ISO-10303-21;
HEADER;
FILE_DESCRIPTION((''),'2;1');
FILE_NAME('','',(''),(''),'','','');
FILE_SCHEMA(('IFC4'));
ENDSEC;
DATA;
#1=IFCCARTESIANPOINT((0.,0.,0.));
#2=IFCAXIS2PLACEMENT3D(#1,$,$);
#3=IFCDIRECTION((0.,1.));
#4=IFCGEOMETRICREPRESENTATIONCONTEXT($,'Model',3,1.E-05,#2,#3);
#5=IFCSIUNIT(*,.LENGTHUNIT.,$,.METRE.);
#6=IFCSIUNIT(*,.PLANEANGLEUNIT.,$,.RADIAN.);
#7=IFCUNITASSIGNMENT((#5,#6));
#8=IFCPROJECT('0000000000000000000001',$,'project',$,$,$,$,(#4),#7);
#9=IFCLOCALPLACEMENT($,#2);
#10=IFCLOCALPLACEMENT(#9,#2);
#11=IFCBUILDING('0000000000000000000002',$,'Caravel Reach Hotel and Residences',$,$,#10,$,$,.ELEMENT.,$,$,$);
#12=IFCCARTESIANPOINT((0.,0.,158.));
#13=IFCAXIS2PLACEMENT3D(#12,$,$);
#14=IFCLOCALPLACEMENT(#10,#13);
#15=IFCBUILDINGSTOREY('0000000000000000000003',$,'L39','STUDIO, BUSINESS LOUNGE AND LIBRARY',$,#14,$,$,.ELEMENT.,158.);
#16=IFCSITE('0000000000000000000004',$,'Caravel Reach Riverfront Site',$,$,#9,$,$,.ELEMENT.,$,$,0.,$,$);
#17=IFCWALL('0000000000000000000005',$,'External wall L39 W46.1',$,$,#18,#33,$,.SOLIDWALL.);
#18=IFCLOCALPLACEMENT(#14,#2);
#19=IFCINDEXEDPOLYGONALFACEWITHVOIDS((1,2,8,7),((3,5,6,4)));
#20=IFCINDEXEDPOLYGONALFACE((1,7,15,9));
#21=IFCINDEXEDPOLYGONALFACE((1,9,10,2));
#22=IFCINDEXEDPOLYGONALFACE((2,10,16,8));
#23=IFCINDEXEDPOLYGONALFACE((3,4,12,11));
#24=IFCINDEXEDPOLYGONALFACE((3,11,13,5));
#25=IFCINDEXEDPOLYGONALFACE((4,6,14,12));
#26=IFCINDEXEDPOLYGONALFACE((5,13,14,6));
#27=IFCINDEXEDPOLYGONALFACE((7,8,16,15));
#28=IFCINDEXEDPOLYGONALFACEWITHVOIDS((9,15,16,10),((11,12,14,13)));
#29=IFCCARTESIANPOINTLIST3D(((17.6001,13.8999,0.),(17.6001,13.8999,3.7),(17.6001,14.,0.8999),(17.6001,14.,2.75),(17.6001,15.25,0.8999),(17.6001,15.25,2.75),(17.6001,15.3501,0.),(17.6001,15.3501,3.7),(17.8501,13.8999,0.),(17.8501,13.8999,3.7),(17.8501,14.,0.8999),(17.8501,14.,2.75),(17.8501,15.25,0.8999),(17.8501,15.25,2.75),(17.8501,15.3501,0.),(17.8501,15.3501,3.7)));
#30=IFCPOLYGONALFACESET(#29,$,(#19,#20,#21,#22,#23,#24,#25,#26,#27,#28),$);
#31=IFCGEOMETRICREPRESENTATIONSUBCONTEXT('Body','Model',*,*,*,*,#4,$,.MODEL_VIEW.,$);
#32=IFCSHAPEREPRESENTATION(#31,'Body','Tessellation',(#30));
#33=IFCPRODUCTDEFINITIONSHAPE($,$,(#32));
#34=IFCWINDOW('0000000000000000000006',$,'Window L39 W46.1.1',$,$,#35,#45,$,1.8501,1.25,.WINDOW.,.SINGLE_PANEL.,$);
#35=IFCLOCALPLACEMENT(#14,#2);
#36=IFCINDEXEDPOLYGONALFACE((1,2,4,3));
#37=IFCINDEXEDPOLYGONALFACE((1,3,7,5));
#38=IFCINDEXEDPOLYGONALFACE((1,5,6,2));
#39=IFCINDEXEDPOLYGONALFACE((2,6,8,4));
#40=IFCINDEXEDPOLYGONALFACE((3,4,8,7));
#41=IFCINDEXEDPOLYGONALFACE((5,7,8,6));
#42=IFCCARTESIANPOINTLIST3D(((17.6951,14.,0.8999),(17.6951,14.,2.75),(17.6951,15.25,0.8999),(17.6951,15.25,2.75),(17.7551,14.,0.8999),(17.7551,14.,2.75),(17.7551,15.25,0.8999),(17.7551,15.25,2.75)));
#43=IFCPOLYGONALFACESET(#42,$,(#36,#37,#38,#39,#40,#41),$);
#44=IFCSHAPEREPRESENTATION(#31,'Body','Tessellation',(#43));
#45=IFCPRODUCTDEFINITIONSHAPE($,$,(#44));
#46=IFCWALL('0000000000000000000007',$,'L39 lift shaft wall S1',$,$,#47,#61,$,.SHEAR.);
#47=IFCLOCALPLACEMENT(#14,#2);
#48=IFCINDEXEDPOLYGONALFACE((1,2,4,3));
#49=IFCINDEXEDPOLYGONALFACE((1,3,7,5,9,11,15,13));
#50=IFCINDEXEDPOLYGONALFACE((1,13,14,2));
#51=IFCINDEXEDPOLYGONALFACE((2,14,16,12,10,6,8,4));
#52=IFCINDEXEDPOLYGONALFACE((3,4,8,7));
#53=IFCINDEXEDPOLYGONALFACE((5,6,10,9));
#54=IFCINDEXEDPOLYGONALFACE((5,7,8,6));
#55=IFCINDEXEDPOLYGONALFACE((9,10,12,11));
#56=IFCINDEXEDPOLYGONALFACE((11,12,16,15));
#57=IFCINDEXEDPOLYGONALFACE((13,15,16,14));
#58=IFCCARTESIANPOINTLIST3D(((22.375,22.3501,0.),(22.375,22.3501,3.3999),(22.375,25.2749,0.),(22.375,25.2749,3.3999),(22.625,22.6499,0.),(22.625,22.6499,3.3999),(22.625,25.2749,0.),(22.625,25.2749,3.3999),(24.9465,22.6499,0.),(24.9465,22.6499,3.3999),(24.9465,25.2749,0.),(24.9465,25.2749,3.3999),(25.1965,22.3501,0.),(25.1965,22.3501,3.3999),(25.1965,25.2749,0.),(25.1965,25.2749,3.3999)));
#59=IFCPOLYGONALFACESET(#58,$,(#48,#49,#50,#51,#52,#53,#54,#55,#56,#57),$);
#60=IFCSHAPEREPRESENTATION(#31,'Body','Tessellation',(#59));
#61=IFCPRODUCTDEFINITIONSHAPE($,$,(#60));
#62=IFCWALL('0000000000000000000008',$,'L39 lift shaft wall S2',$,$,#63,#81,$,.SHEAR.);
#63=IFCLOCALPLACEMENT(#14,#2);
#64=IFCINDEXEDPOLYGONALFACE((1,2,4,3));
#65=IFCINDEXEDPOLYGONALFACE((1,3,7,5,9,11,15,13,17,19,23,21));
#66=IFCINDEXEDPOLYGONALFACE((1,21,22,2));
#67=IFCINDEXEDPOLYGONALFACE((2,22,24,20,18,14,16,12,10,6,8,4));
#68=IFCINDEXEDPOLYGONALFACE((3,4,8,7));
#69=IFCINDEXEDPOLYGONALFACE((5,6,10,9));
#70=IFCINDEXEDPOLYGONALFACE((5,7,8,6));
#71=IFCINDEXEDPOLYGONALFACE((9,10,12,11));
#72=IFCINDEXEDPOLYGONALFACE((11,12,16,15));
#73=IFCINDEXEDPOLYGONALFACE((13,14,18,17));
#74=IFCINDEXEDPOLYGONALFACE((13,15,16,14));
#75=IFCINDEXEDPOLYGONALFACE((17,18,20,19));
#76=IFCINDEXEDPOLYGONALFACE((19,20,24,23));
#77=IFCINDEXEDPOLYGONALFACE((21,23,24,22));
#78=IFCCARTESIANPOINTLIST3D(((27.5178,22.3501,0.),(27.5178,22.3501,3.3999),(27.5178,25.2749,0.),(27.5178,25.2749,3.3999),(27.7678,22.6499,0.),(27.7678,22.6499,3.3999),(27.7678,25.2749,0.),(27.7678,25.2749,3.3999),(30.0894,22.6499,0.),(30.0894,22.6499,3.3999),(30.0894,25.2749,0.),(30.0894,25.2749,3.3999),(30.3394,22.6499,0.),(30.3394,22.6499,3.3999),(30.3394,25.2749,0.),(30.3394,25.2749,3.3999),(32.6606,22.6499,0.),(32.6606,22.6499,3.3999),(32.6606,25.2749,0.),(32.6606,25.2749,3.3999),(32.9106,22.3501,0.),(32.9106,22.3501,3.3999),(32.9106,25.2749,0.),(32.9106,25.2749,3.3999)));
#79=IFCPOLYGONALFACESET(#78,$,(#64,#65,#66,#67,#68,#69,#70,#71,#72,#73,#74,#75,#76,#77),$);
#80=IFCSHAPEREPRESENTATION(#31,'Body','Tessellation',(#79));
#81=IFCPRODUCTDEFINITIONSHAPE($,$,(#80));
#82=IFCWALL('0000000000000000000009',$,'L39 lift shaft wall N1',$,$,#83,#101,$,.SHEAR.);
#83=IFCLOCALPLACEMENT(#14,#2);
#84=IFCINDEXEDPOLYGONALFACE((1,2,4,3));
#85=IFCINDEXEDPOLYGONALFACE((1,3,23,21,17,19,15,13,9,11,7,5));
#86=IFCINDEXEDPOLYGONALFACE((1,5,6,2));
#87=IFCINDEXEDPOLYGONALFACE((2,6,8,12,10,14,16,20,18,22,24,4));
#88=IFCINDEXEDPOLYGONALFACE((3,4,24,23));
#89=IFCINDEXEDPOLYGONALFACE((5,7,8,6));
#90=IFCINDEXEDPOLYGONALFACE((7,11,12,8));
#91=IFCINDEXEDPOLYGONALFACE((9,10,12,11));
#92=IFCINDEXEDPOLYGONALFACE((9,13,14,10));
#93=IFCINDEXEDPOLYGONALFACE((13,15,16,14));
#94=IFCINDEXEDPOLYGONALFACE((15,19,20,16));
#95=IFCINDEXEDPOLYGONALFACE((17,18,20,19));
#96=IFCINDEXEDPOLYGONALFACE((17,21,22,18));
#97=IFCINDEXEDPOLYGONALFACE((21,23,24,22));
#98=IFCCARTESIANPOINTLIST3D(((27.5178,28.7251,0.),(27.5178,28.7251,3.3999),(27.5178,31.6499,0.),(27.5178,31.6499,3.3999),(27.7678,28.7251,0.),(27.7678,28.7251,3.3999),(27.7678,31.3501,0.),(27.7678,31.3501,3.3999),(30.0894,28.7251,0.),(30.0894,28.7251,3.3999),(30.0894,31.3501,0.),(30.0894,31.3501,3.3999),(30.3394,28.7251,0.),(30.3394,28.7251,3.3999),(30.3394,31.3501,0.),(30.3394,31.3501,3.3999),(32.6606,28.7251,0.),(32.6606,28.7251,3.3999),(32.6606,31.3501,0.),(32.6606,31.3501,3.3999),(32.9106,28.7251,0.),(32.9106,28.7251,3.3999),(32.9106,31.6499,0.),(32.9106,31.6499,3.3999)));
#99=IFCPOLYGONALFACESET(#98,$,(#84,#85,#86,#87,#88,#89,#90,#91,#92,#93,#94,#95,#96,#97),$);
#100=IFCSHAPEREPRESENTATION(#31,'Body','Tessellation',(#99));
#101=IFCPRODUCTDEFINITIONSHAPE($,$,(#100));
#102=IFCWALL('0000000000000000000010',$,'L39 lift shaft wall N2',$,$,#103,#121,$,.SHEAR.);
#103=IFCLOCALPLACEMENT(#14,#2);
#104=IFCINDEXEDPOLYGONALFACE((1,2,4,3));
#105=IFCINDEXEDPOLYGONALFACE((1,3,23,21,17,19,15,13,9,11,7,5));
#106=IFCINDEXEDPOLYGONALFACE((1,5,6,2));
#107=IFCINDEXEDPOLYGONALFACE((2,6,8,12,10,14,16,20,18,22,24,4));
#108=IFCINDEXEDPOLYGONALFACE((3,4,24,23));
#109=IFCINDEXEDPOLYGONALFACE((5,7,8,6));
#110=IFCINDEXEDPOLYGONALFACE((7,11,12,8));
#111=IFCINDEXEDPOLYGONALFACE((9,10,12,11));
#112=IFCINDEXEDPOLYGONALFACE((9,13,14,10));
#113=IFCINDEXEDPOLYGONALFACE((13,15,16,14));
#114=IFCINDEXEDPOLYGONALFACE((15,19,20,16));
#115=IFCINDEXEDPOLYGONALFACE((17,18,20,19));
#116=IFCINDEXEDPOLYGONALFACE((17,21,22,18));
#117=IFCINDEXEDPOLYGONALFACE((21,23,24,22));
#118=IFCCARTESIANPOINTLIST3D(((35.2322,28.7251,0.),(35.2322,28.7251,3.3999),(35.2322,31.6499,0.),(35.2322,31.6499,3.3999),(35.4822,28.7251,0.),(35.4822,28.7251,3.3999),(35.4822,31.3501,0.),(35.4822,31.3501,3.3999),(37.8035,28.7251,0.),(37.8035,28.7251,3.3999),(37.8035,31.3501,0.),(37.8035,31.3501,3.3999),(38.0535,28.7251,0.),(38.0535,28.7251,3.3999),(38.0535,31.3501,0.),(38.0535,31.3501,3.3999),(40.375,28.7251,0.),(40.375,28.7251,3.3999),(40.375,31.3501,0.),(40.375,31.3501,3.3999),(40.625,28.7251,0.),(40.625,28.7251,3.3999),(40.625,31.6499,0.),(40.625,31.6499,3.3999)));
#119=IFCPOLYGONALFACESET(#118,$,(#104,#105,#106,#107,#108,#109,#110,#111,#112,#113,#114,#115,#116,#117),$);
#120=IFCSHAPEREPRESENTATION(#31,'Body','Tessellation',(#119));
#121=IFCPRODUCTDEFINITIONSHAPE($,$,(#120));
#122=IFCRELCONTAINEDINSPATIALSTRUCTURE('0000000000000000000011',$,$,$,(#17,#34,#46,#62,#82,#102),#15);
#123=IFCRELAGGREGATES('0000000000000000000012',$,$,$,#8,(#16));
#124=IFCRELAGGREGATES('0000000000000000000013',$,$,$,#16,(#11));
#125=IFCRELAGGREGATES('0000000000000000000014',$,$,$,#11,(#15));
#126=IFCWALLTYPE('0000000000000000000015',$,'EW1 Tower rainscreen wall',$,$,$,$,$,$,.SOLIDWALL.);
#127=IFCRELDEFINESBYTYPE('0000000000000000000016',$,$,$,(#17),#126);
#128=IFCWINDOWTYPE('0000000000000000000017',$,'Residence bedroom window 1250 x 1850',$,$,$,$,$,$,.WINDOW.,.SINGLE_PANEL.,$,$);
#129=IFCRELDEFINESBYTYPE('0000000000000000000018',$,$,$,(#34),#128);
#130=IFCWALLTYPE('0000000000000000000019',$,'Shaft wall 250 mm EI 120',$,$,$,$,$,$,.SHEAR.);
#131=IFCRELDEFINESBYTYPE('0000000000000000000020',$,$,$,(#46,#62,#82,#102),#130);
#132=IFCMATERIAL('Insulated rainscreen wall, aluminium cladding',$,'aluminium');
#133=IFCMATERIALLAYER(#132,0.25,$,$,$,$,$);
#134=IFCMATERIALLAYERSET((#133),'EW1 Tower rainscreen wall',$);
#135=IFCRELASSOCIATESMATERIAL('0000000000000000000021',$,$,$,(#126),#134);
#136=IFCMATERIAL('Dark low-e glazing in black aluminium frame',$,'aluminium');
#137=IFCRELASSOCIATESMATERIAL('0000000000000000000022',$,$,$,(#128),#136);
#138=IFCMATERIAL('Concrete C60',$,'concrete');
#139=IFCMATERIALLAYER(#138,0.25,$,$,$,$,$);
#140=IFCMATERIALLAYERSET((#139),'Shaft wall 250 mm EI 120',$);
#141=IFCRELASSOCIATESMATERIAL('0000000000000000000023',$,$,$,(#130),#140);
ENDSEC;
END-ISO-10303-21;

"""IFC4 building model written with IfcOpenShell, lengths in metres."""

from ifc_helpers import new_model, si_unit, direction, frame, frame_2d, origin, place, context, subcontext, project, spatial, polyline, rectangle, outline, extrude, material, layer, layer_set, type_object, element, fill, save


model = new_model("IFC4")

# Units and contexts
model_context = context("Model", 3, precision=1e-05, world=origin(), true_north=direction((0.0, 1.0)))
body_context = subcontext(model_context, "Body", "Model", "MODEL_VIEW")
ifc_project = project(units=[si_unit("LENGTHUNIT", "METRE"), si_unit("PLANEANGLEUNIT", "RADIAN")], contexts=[model_context])

# Site, building, storey
site_placement = place(None, origin())
site = spatial("IfcSite", under=ifc_project, at=site_placement, Name="Caravel Reach Riverfront Site", CompositionType="ELEMENT", RefElevation=0.0)
building_placement = place(site_placement, origin())
building = spatial("IfcBuilding", under=site, at=building_placement, Name="Caravel Reach Hotel and Residences", CompositionType="ELEMENT")
storey_placement = place(building_placement, frame((0.0, 0.0, 158.0)))
storey = spatial("IfcBuildingStorey", under=building, at=storey_placement, Name="L39", Description="STUDIO, BUSINESS LOUNGE AND LIBRARY", CompositionType="ELEMENT", Elevation=158.0)

# Shared definitions
ifc_material_1 = material(Name="Insulated rainscreen wall, aluminium cladding", Category="aluminium")
ifc_layer_1 = layer(ifc_material_1, 0.25)
ifc_layer_set_1 = layer_set([ifc_layer_1], Name="EW1 Tower rainscreen wall")
wall_type_1 = type_object("IfcWallType", Name="EW1 Tower rainscreen wall", PredefinedType="SOLIDWALL", material=ifc_layer_set_1)

# Wall, opening, window
ifc_material_2 = material(Name="Dark low-e glazing in black aluminium frame", Category="aluminium")
window_type_1 = type_object("IfcWindowType", Name="Residence bedroom window 1250 x 1850", PartitioningType="SINGLE_PANEL", PredefinedType="WINDOW", material=ifc_material_2)
wall_1_placement = place(storey_placement, frame((17.7251, 15.3501, 0.0), z_axis=(0.0, 0.0, 1.0), x_axis=(0.0, -1.0, 0.0)))
wall_1 = element("IfcWall", 1, at=wall_1_placement, inside=storey, type_object=wall_type_1, Name="External wall L39 W46.1", PredefinedType="SOLIDWALL", context=body_context, shape_type="SweptSolid", body=[
    extrude(rectangle(XDim=1.4502, YDim=0.25, at=frame_2d((0.7251, 0.0))), origin(), (0.0, 0.0, 1.0), 3.7),
])
opening_1_placement = place(wall_1_placement, frame((0.1001, 0.0, 0.8999)))
opening_1 = element("IfcOpeningElement", 2, at=opening_1_placement, cuts=wall_1, PredefinedType="OPENING", context=body_context, shape_type="SweptSolid", body=[
    extrude(rectangle(XDim=1.25, YDim=1.8501, at=frame_2d((0.625, 0.925))), frame((0.0, 0.135, 0.0), z_axis=(0.0, -1.0, 0.0), x_axis=(1.0, 0.0, 0.0)), (0.0, 0.0, 1.0), 0.27),
])
window_1_placement = place(opening_1_placement, origin())
window_1 = element("IfcWindow", 3, at=window_1_placement, inside=storey, type_object=window_type_1, Name="Window L39 W46.1.1", OverallHeight=1.8501, OverallWidth=1.25, PartitioningType="SINGLE_PANEL", PredefinedType="WINDOW", context=body_context, shape_type="SweptSolid", body=[
    extrude(rectangle(XDim=1.25, YDim=1.8501, at=frame_2d((0.625, 0.925))), frame((0.0, 0.03, 0.0), z_axis=(0.0, -1.0, 0.0), x_axis=(1.0, 0.0, 0.0)), (0.0, 0.0, 1.0), 0.0601),
])
fill(opening_1, window_1)

# Walls
ifc_material_3 = material(Name="Concrete C60", Category="concrete")
ifc_layer_2 = layer(ifc_material_3, 0.25)
ifc_layer_set_2 = layer_set([ifc_layer_2], Name="Shaft wall 250 mm EI 120")
wall_type_2 = type_object("IfcWallType", Name="Shaft wall 250 mm EI 120", PredefinedType="SHEAR", material=ifc_layer_set_2)
wall_2_placement = place(storey_placement, origin())
element("IfcWall", 4, at=wall_2_placement, inside=storey, type_object=wall_type_2, Name="L39 lift shaft wall S1", PredefinedType="SHEAR", context=body_context, shape_type="SweptSolid", body=[
    extrude(outline(polyline([(22.375, 22.3501), (25.1965, 22.3501), (25.1965, 25.2749), (24.9465, 25.2749), (24.9465, 22.6499), (22.625, 22.6499), (22.625, 25.2749), (22.375, 25.2749), (22.375, 22.3501)])), origin(), (0.0, 0.0, 1.0), 3.3999),
])
wall_3_placement = place(storey_placement, origin())
element("IfcWall", 5, at=wall_3_placement, inside=storey, type_object=wall_type_2, Name="L39 lift shaft wall S2", PredefinedType="SHEAR", context=body_context, shape_type="SweptSolid", body=[
    extrude(outline(polyline([(27.5178, 22.3501), (32.9106, 22.3501), (32.9106, 25.2749), (32.6606, 25.2749), (32.6606, 22.6499), (30.3394, 22.6499), (30.3394, 25.2749), (30.0894, 25.2749), (30.0894, 22.6499), (27.7678, 22.6499), (27.7678, 25.2749), (27.5178, 25.2749), (27.5178, 22.3501)])), origin(), (0.0, 0.0, 1.0), 3.3999),
])
wall_4_placement = place(storey_placement, origin())
element("IfcWall", 6, at=wall_4_placement, inside=storey, type_object=wall_type_2, Name="L39 lift shaft wall N1", PredefinedType="SHEAR", context=body_context, shape_type="SweptSolid", body=[
    extrude(outline(polyline([(27.5178, 28.7251), (27.7678, 28.7251), (27.7678, 31.3501), (30.0894, 31.3501), (30.0894, 28.7251), (30.3394, 28.7251), (30.3394, 31.3501), (32.6606, 31.3501), (32.6606, 28.7251), (32.9106, 28.7251), (32.9106, 31.6499), (27.5178, 31.6499), (27.5178, 28.7251)])), origin(), (0.0, 0.0, 1.0), 3.3999),
])
wall_5_placement = place(storey_placement, origin())
element("IfcWall", 7, at=wall_5_placement, inside=storey, type_object=wall_type_2, Name="L39 lift shaft wall N2", PredefinedType="SHEAR", context=body_context, shape_type="SweptSolid", body=[
    extrude(outline(polyline([(35.2322, 28.7251), (35.4822, 28.7251), (35.4822, 31.3501), (37.8035, 31.3501), (37.8035, 28.7251), (38.0535, 28.7251), (38.0535, 31.3501), (40.375, 31.3501), (40.375, 28.7251), (40.625, 28.7251), (40.625, 31.6499), (35.2322, 31.6499), (35.2322, 28.7251)])), origin(), (0.0, 0.0, 1.0), 3.3999),
])

save(model, "model.ifc")
